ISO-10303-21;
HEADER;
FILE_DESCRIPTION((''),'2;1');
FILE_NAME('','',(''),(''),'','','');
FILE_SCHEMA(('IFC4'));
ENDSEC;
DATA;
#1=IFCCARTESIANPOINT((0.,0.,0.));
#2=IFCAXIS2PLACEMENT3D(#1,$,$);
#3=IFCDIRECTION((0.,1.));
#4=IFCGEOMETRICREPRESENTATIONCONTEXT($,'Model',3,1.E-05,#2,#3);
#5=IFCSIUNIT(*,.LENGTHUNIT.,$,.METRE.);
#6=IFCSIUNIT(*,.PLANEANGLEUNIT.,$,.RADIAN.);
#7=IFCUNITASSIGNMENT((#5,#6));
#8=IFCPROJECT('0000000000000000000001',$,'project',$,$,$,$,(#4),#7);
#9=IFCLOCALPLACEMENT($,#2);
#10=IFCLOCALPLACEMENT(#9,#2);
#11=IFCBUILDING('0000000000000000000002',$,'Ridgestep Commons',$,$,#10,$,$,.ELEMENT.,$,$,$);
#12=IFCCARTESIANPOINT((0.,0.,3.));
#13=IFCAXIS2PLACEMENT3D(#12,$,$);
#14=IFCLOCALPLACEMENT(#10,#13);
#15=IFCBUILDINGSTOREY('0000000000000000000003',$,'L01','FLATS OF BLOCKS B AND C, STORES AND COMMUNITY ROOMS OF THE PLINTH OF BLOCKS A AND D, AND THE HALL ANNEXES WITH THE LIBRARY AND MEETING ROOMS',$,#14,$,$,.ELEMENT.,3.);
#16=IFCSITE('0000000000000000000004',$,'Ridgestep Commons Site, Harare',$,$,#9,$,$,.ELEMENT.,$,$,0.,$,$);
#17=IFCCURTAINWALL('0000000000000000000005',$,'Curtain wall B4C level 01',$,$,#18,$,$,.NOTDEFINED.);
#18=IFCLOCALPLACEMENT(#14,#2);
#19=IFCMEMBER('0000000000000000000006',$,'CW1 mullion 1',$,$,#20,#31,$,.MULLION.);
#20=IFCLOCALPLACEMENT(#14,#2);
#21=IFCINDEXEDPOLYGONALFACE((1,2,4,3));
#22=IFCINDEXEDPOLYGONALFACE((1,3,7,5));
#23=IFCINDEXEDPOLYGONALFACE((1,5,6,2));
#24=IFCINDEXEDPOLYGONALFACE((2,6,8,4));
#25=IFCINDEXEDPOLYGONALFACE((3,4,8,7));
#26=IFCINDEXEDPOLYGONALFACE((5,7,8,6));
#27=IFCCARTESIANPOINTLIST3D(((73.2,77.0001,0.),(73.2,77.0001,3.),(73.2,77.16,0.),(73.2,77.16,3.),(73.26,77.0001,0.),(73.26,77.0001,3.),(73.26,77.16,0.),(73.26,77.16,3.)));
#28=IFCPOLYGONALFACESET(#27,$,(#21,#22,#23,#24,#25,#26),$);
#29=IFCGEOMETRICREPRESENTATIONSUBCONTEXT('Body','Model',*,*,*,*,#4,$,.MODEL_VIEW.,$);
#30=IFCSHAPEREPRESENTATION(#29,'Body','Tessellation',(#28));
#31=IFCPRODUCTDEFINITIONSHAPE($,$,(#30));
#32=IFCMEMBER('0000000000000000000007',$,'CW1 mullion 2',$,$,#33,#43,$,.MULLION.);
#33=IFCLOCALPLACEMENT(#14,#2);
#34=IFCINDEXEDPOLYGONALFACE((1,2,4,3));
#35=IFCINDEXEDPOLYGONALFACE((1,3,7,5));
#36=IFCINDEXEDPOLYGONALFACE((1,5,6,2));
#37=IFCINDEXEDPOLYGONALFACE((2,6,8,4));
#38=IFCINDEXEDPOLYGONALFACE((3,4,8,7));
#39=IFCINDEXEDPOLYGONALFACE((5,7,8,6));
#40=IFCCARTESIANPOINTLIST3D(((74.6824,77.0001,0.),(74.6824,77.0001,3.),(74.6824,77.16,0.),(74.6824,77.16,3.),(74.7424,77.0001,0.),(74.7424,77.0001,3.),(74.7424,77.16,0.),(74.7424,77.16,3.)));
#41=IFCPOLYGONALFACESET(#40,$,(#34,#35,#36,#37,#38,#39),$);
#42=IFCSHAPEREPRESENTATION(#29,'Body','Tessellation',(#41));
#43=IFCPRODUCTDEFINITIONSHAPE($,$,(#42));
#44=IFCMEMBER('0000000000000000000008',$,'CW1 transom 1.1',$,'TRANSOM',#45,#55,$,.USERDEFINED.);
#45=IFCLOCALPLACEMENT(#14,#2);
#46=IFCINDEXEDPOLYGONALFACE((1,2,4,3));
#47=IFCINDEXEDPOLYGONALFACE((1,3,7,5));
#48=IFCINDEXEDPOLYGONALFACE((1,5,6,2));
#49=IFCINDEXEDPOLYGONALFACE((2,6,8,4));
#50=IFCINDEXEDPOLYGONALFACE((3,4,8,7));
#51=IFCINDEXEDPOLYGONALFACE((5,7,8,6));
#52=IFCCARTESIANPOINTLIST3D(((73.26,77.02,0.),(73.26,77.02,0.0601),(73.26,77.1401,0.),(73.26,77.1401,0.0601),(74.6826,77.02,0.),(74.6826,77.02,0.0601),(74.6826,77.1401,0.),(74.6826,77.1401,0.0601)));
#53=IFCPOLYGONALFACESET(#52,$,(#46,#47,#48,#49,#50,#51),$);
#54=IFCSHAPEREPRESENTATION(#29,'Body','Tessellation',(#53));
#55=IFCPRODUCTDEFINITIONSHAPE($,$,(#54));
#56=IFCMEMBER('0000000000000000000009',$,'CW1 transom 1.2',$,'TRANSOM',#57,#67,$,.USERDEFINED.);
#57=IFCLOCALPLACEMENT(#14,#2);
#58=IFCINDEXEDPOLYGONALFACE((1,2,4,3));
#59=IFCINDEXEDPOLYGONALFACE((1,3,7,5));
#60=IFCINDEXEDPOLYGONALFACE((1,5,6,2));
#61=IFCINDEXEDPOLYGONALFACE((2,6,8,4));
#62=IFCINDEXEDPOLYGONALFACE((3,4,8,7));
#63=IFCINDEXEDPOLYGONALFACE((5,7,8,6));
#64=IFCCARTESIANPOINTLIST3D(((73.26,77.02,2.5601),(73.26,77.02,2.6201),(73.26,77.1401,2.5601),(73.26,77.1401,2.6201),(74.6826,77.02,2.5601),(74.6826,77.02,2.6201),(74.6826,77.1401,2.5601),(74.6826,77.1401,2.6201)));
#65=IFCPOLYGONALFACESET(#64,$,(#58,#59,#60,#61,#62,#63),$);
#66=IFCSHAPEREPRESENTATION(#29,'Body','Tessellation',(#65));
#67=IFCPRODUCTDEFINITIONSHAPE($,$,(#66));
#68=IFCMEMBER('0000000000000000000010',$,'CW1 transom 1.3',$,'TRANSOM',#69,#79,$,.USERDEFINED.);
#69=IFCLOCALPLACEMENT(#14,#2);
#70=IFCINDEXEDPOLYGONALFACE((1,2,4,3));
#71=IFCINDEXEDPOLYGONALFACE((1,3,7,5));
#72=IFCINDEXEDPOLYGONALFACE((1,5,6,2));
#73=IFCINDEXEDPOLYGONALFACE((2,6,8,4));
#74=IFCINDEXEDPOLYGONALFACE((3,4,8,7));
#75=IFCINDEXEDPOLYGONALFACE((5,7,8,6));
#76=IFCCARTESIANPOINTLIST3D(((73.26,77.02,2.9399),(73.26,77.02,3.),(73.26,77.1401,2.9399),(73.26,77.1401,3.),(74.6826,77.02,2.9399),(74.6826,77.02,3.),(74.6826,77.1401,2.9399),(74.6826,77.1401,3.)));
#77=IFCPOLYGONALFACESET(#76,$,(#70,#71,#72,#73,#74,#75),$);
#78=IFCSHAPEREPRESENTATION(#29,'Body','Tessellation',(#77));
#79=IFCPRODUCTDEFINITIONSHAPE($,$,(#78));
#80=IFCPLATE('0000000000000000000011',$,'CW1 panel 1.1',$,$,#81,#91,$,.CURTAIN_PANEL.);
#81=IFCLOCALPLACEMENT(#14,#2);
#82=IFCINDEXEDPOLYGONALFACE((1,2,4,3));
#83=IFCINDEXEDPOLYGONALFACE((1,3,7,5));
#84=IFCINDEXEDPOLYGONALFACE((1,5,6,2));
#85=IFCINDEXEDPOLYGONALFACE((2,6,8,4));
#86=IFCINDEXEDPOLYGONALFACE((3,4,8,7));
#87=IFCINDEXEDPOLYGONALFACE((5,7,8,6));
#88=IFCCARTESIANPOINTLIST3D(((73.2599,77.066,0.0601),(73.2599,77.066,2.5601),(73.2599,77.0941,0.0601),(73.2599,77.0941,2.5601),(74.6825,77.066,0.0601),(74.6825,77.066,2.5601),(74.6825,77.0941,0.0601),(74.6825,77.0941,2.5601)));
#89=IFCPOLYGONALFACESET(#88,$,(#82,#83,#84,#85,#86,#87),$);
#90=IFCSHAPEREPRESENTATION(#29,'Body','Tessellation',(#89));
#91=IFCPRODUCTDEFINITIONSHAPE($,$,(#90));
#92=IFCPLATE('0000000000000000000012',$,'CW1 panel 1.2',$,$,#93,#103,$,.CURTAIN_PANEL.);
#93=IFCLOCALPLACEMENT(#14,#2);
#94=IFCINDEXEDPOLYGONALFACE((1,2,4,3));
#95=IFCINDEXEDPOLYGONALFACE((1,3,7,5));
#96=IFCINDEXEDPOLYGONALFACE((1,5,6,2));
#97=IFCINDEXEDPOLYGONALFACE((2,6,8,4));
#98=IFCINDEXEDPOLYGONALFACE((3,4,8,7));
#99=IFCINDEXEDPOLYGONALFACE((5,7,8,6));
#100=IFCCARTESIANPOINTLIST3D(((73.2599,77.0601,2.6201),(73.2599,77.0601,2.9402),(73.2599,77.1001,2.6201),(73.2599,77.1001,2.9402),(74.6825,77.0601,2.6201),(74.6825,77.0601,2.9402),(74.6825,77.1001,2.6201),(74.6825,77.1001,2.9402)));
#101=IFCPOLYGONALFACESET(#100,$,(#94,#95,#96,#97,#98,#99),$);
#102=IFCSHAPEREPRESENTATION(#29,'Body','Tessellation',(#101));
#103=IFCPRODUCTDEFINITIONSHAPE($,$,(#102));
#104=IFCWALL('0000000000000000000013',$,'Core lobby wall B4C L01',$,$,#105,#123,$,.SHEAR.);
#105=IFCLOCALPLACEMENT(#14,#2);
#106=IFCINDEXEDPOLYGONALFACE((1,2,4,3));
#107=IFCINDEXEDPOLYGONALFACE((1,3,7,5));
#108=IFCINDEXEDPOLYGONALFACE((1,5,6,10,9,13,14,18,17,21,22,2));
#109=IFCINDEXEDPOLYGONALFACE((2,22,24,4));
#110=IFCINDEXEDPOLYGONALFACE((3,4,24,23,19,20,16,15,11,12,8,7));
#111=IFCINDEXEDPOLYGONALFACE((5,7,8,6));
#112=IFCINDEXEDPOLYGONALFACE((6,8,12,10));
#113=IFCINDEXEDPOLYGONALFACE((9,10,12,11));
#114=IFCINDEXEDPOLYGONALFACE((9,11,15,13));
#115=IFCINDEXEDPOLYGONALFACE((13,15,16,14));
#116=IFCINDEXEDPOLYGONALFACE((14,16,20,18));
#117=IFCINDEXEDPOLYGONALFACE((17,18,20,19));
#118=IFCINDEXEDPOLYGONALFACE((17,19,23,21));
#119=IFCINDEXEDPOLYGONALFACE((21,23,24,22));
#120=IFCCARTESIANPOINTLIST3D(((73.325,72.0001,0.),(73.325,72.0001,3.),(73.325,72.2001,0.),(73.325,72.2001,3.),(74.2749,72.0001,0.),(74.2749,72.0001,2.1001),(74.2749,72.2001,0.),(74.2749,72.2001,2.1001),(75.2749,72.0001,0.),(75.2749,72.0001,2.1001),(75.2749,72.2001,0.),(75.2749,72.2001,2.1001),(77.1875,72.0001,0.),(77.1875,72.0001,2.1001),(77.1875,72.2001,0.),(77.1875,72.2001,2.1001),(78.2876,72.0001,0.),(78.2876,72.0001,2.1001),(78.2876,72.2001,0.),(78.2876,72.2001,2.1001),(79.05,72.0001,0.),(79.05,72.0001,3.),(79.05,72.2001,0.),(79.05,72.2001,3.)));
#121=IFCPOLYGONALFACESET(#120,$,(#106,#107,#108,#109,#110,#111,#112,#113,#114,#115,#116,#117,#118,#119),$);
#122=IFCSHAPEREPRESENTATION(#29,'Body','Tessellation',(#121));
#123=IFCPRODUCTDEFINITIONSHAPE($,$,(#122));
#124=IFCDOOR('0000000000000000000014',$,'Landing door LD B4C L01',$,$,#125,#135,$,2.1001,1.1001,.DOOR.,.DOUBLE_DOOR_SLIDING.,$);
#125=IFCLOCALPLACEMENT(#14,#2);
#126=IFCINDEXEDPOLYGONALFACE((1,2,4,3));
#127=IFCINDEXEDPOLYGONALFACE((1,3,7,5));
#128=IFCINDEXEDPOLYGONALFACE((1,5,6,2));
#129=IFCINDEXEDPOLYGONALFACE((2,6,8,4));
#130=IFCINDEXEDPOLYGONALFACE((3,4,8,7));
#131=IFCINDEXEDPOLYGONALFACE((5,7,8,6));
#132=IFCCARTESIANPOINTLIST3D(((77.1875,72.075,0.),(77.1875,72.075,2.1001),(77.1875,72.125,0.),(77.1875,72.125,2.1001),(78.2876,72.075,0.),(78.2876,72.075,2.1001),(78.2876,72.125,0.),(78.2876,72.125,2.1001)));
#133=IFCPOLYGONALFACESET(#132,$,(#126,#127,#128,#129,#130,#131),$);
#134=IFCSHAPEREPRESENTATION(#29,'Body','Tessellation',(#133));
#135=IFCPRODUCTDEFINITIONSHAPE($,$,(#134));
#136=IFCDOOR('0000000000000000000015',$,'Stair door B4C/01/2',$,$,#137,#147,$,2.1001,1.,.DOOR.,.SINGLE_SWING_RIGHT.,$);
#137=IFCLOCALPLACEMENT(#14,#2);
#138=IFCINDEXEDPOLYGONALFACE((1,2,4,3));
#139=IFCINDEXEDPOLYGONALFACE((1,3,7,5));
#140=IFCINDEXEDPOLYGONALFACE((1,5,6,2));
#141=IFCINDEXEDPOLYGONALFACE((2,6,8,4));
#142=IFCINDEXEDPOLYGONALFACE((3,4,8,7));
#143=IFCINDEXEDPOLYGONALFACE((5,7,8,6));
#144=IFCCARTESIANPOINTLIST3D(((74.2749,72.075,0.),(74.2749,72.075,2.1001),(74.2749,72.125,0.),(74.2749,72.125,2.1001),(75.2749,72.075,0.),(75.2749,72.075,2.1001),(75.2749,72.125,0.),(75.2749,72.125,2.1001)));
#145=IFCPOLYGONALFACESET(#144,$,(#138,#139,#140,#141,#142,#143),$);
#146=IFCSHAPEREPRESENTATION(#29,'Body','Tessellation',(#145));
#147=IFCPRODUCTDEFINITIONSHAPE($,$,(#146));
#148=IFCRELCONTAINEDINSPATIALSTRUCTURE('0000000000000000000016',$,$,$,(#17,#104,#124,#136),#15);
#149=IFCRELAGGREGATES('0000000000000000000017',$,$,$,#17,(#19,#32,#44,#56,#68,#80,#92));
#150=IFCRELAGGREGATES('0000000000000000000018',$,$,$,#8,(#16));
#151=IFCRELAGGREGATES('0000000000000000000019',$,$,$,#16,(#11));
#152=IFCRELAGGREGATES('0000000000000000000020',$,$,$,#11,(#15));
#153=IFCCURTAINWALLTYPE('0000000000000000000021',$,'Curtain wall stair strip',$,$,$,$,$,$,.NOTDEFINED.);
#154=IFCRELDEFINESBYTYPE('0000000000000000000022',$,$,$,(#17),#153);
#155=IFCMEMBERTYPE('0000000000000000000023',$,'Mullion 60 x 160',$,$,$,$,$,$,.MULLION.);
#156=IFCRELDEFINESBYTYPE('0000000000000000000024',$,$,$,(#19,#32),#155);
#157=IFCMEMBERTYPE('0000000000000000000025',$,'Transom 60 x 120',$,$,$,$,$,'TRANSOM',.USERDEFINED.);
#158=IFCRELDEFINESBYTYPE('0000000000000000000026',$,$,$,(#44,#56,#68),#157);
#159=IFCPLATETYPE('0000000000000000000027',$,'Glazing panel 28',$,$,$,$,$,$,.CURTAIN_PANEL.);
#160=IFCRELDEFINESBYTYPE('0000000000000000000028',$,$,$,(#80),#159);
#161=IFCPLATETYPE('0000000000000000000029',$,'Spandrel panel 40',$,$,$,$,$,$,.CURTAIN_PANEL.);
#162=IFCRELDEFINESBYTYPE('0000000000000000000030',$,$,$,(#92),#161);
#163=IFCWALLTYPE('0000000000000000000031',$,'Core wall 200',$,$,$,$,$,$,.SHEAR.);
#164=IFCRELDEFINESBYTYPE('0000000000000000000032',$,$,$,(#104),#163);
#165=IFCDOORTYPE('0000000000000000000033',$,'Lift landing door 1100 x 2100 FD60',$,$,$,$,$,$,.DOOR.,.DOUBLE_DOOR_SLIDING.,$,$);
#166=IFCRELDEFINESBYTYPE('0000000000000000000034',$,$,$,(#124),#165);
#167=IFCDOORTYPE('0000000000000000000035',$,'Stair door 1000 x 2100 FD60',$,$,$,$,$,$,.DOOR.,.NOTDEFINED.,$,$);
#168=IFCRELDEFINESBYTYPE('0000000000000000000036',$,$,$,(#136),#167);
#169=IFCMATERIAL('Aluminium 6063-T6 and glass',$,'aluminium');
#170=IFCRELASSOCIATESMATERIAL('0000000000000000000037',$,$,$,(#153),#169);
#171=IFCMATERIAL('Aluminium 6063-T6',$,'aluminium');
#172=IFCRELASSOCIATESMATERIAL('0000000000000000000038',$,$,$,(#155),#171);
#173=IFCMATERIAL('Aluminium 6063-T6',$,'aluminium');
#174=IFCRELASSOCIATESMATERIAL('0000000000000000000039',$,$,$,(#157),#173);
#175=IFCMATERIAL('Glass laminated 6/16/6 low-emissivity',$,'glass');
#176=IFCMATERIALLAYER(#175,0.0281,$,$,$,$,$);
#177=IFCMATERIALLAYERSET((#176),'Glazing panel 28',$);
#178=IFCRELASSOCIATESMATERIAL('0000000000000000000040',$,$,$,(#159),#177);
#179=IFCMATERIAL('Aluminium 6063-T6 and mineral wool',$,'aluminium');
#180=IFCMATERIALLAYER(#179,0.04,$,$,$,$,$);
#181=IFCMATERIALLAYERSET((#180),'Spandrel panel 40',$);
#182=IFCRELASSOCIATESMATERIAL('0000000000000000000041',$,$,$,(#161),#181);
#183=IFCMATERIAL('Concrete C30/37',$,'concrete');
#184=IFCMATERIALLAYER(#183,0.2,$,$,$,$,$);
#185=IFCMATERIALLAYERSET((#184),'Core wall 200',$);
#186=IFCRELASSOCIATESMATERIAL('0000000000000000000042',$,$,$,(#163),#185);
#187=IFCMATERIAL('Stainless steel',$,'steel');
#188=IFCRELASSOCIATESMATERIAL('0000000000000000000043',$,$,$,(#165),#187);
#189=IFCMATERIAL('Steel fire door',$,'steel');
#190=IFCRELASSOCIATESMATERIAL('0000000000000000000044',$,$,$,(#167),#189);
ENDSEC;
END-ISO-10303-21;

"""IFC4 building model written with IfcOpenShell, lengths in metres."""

from ifc_helpers import new_model, si_unit, direction, frame, frame_2d, origin, origin_2d, place, context, subcontext, project, spatial, rectangle, extrude, material, layer, layer_set, material_profile, profile_set, type_object, element, fill, aggregate, save


model = new_model("IFC4")

# Units and contexts
model_context = context("Model", 3, precision=1e-05, world=origin(), true_north=direction((0.0, 1.0)))
body_context = subcontext(model_context, "Body", "Model", "MODEL_VIEW")
ifc_project = project(units=[si_unit("LENGTHUNIT", "METRE"), si_unit("PLANEANGLEUNIT", "RADIAN")], contexts=[model_context])

# Site, building, storey
site_placement = place(None, origin())
site = spatial("IfcSite", under=ifc_project, at=site_placement, Name="Ridgestep Commons Site, Harare", CompositionType="ELEMENT", RefElevation=0.0)
building_placement = place(site_placement, origin())
building = spatial("IfcBuilding", under=site, at=building_placement, Name="Ridgestep Commons", CompositionType="ELEMENT")
storey_placement = place(building_placement, frame((0.0, 0.0, 3.0)))
storey = spatial("IfcBuildingStorey", under=building, at=storey_placement, Name="L01", Description="FLATS OF BLOCKS B AND C, STORES AND COMMUNITY ROOMS OF THE PLINTH OF BLOCKS A AND D, AND THE HALL ANNEXES WITH THE LIBRARY AND MEETING ROOMS", CompositionType="ELEMENT", Elevation=3.0)

# Curtain wall, members, plates
ifc_material_1 = material(Name="Aluminium 6063-T6 and glass", Category="aluminium")
curtain_wall_type = type_object("IfcCurtainWallType", Name="Curtain wall stair strip", PredefinedType="NOTDEFINED", material=ifc_material_1)
curtain_wall_placement = place(storey_placement, origin())
curtain_wall = element("IfcCurtainWall", 1, at=curtain_wall_placement, inside=storey, type_object=curtain_wall_type, Name="Curtain wall B4C level 01", PredefinedType="NOTDEFINED")
ifc_material_2 = material(Name="Aluminium 6063-T6", Category="aluminium")
ifc_material_profile_1 = material_profile(ifc_material_2, rectangle(XDim=0.1599, YDim=0.0601, at=origin_2d()), Name="Mullion 60 x 160")
ifc_profile_set_1 = profile_set([ifc_material_profile_1], Name="Aluminium 6063-T6")
member_type_1 = type_object("IfcMemberType", Name="Mullion 60 x 160", PredefinedType="MULLION", material=ifc_profile_set_1)
member_1_placement = place(storey_placement, frame((73.23, 77.0801, 0.0), z_axis=(0.0, 0.0, 1.0), x_axis=(0.0, 1.0, 0.0)))
member_1 = element("IfcMember", 2, at=member_1_placement, type_object=member_type_1, Name="CW1 mullion 1", PredefinedType="MULLION", context=body_context, shape_type="SweptSolid", body=[
    extrude(rectangle(XDim=0.1599, YDim=0.0601, at=origin_2d()), origin(), (0.0, 0.0, 1.0), 3.0),
])
member_2_placement = place(storey_placement, frame((74.7124, 77.0801, 0.0), z_axis=(0.0, 0.0, 1.0), x_axis=(0.0, 1.0, 0.0)))
member_2 = element("IfcMember", 3, at=member_2_placement, type_object=member_type_1, Name="CW1 mullion 2", PredefinedType="MULLION", context=body_context, shape_type="SweptSolid", body=[
    extrude(rectangle(XDim=0.1599, YDim=0.0601, at=origin_2d()), origin(), (0.0, 0.0, 1.0), 3.0),
])
ifc_material_3 = material(Name="Aluminium 6063-T6", Category="aluminium")
ifc_material_profile_2 = material_profile(ifc_material_3, rectangle(XDim=0.1201, YDim=0.0601, at=origin_2d()), Name="Transom 60 x 120")
ifc_profile_set_2 = profile_set([ifc_material_profile_2], Name="Aluminium 6063-T6")
member_type_2 = type_object("IfcMemberType", Name="Transom 60 x 120", ElementType="TRANSOM", PredefinedType="USERDEFINED", material=ifc_profile_set_2)
member_3_placement = place(storey_placement, frame((73.26, 77.0801, 0.03), z_axis=(1.0, 0.0, 0.0), x_axis=(0.0, 1.0, 0.0)))
member_3 = element("IfcMember", 4, at=member_3_placement, type_object=member_type_2, Name="CW1 transom 1.1", ObjectType="TRANSOM", PredefinedType="USERDEFINED", context=body_context, shape_type="SweptSolid", body=[
    extrude(rectangle(XDim=0.1201, YDim=0.0601, at=origin_2d()), origin(), (0.0, 0.0, 1.0), 1.4226),
])
member_4_placement = place(storey_placement, frame((73.26, 77.0801, 2.5901), z_axis=(1.0, 0.0, 0.0), x_axis=(0.0, 1.0, 0.0)))
member_4 = element("IfcMember", 5, at=member_4_placement, type_object=member_type_2, Name="CW1 transom 1.2", ObjectType="TRANSOM", PredefinedType="USERDEFINED", context=body_context, shape_type="SweptSolid", body=[
    extrude(rectangle(XDim=0.1201, YDim=0.0601, at=origin_2d()), origin(), (0.0, 0.0, 1.0), 1.4226),
])
member_5_placement = place(storey_placement, frame((73.26, 77.0801, 2.97), z_axis=(1.0, 0.0, 0.0), x_axis=(0.0, 1.0, 0.0)))
member_5 = element("IfcMember", 6, at=member_5_placement, type_object=member_type_2, Name="CW1 transom 1.3", ObjectType="TRANSOM", PredefinedType="USERDEFINED", context=body_context, shape_type="SweptSolid", body=[
    extrude(rectangle(XDim=0.1201, YDim=0.0601, at=origin_2d()), origin(), (0.0, 0.0, 1.0), 1.4226),
])
ifc_material_4 = material(Name="Glass laminated 6/16/6 low-emissivity", Category="glass")
ifc_layer_1 = layer(ifc_material_4, 0.0281)
ifc_layer_set_1 = layer_set([ifc_layer_1], Name="Glazing panel 28")
plate_type_1 = type_object("IfcPlateType", Name="Glazing panel 28", PredefinedType="CURTAIN_PANEL", material=ifc_layer_set_1)
plate_1_placement = place(storey_placement, frame((73.9712, 77.0801, 0.0601), z_axis=(0.0, 0.0, 1.0), x_axis=(1.0, 0.0, 0.0)))
plate_1 = element("IfcPlate", 7, at=plate_1_placement, type_object=plate_type_1, Name="CW1 panel 1.1", PredefinedType="CURTAIN_PANEL", context=body_context, shape_type="SweptSolid", body=[
    extrude(rectangle(XDim=1.4226, YDim=0.0281, at=origin_2d()), origin(), (0.0, 0.0, 1.0), 2.5),
])
ifc_material_5 = material(Name="Aluminium 6063-T6 and mineral wool", Category="aluminium")
ifc_layer_2 = layer(ifc_material_5, 0.04)
ifc_layer_set_2 = layer_set([ifc_layer_2], Name="Spandrel panel 40")
plate_type_2 = type_object("IfcPlateType", Name="Spandrel panel 40", PredefinedType="CURTAIN_PANEL", material=ifc_layer_set_2)
plate_2_placement = place(storey_placement, frame((73.9712, 77.0801, 2.6201), z_axis=(0.0, 0.0, 1.0), x_axis=(1.0, 0.0, 0.0)))
plate_2 = element("IfcPlate", 8, at=plate_2_placement, type_object=plate_type_2, Name="CW1 panel 1.2", PredefinedType="CURTAIN_PANEL", context=body_context, shape_type="SweptSolid", body=[
    extrude(rectangle(XDim=1.4226, YDim=0.04, at=origin_2d()), origin(), (0.0, 0.0, 1.0), 0.3201),
])
aggregate(curtain_wall, [member_1, member_2, member_3, member_4, member_5, plate_1, plate_2])

# Wall, openings, doors
ifc_material_6 = material(Name="Concrete C30/37", Category="concrete")
ifc_layer_3 = layer(ifc_material_6, 0.2)
ifc_layer_set_3 = layer_set([ifc_layer_3], Name="Core wall 200")
wall_type_1 = type_object("IfcWallType", Name="Core wall 200", PredefinedType="SHEAR", material=ifc_layer_set_3)
wall_1_placement = place(storey_placement, frame((73.325, 72.1001, 0.0), z_axis=(0.0, 0.0, 1.0), x_axis=(1.0, 0.0, 0.0)))
wall_1 = element("IfcWall", 9, at=wall_1_placement, inside=storey, type_object=wall_type_1, Name="Core lobby wall B4C L01", PredefinedType="SHEAR", context=body_context, shape_type="SweptSolid", body=[
    extrude(rectangle(XDim=5.7251, YDim=0.2, at=frame_2d((2.8625, 0.0))), origin(), (0.0, 0.0, 1.0), 3.0),
])
opening_1_placement = place(wall_1_placement, frame((0.95, 0.0, 0.0)))
opening_1 = element("IfcOpeningElement", 10, at=opening_1_placement, cuts=wall_1, PredefinedType="OPENING", context=body_context, shape_type="SweptSolid", body=[
    extrude(rectangle(XDim=1.0, YDim=2.1001, at=frame_2d((0.5, 1.05))), frame((0.0, 0.1099, 0.0), z_axis=(0.0, -1.0, 0.0), x_axis=(1.0, 0.0, 0.0)), (0.0, 0.0, 1.0), 0.22),
])
opening_2_placement = place(wall_1_placement, frame((3.8625, 0.0, 0.0)))
opening_2 = element("IfcOpeningElement", 11, at=opening_2_placement, cuts=wall_1, PredefinedType="OPENING", context=body_context, shape_type="SweptSolid", body=[
    extrude(rectangle(XDim=1.1001, YDim=2.1001, at=frame_2d((0.55, 1.05))), frame((0.0, 0.1099, 0.0), z_axis=(0.0, -1.0, 0.0), x_axis=(1.0, 0.0, 0.0)), (0.0, 0.0, 1.0), 0.22),
])
ifc_material_7 = material(Name="Stainless steel", Category="steel")
door_type_1 = type_object("IfcDoorType", Name="Lift landing door 1100 x 2100 FD60", OperationType="DOUBLE_DOOR_SLIDING", PredefinedType="DOOR", material=ifc_material_7)
door_1_placement = place(opening_2_placement, origin())
door_1 = element("IfcDoor", 12, at=door_1_placement, inside=storey, type_object=door_type_1, Name="Landing door LD B4C L01", OperationType="DOUBLE_DOOR_SLIDING", OverallHeight=2.1001, OverallWidth=1.1001, PredefinedType="DOOR", context=body_context, shape_type="SweptSolid", body=[
    extrude(rectangle(XDim=1.1001, YDim=2.1001, at=frame_2d((0.55, 1.05))), frame((0.0, 0.0249, 0.0), z_axis=(0.0, -1.0, 0.0), x_axis=(1.0, 0.0, 0.0)), (0.0, 0.0, 1.0), 0.05),
])
fill(opening_2, door_1)
ifc_material_8 = material(Name="Steel fire door", Category="steel")
door_type_2 = type_object("IfcDoorType", Name="Stair door 1000 x 2100 FD60", OperationType="NOTDEFINED", PredefinedType="DOOR", material=ifc_material_8)
door_2_placement = place(opening_1_placement, origin())
door_2 = element("IfcDoor", 13, at=door_2_placement, inside=storey, type_object=door_type_2, Name="Stair door B4C/01/2", OperationType="SINGLE_SWING_RIGHT", OverallHeight=2.1001, OverallWidth=1.0, PredefinedType="DOOR", context=body_context, shape_type="SweptSolid", body=[
    extrude(rectangle(XDim=1.0, YDim=2.1001, at=frame_2d((0.5, 1.05))), frame((0.0, 0.0249, 0.0), z_axis=(0.0, -1.0, 0.0), x_axis=(1.0, 0.0, 0.0)), (0.0, 0.0, 1.0), 0.05),
])
fill(opening_1, door_2)

save(model, "model.ifc")
